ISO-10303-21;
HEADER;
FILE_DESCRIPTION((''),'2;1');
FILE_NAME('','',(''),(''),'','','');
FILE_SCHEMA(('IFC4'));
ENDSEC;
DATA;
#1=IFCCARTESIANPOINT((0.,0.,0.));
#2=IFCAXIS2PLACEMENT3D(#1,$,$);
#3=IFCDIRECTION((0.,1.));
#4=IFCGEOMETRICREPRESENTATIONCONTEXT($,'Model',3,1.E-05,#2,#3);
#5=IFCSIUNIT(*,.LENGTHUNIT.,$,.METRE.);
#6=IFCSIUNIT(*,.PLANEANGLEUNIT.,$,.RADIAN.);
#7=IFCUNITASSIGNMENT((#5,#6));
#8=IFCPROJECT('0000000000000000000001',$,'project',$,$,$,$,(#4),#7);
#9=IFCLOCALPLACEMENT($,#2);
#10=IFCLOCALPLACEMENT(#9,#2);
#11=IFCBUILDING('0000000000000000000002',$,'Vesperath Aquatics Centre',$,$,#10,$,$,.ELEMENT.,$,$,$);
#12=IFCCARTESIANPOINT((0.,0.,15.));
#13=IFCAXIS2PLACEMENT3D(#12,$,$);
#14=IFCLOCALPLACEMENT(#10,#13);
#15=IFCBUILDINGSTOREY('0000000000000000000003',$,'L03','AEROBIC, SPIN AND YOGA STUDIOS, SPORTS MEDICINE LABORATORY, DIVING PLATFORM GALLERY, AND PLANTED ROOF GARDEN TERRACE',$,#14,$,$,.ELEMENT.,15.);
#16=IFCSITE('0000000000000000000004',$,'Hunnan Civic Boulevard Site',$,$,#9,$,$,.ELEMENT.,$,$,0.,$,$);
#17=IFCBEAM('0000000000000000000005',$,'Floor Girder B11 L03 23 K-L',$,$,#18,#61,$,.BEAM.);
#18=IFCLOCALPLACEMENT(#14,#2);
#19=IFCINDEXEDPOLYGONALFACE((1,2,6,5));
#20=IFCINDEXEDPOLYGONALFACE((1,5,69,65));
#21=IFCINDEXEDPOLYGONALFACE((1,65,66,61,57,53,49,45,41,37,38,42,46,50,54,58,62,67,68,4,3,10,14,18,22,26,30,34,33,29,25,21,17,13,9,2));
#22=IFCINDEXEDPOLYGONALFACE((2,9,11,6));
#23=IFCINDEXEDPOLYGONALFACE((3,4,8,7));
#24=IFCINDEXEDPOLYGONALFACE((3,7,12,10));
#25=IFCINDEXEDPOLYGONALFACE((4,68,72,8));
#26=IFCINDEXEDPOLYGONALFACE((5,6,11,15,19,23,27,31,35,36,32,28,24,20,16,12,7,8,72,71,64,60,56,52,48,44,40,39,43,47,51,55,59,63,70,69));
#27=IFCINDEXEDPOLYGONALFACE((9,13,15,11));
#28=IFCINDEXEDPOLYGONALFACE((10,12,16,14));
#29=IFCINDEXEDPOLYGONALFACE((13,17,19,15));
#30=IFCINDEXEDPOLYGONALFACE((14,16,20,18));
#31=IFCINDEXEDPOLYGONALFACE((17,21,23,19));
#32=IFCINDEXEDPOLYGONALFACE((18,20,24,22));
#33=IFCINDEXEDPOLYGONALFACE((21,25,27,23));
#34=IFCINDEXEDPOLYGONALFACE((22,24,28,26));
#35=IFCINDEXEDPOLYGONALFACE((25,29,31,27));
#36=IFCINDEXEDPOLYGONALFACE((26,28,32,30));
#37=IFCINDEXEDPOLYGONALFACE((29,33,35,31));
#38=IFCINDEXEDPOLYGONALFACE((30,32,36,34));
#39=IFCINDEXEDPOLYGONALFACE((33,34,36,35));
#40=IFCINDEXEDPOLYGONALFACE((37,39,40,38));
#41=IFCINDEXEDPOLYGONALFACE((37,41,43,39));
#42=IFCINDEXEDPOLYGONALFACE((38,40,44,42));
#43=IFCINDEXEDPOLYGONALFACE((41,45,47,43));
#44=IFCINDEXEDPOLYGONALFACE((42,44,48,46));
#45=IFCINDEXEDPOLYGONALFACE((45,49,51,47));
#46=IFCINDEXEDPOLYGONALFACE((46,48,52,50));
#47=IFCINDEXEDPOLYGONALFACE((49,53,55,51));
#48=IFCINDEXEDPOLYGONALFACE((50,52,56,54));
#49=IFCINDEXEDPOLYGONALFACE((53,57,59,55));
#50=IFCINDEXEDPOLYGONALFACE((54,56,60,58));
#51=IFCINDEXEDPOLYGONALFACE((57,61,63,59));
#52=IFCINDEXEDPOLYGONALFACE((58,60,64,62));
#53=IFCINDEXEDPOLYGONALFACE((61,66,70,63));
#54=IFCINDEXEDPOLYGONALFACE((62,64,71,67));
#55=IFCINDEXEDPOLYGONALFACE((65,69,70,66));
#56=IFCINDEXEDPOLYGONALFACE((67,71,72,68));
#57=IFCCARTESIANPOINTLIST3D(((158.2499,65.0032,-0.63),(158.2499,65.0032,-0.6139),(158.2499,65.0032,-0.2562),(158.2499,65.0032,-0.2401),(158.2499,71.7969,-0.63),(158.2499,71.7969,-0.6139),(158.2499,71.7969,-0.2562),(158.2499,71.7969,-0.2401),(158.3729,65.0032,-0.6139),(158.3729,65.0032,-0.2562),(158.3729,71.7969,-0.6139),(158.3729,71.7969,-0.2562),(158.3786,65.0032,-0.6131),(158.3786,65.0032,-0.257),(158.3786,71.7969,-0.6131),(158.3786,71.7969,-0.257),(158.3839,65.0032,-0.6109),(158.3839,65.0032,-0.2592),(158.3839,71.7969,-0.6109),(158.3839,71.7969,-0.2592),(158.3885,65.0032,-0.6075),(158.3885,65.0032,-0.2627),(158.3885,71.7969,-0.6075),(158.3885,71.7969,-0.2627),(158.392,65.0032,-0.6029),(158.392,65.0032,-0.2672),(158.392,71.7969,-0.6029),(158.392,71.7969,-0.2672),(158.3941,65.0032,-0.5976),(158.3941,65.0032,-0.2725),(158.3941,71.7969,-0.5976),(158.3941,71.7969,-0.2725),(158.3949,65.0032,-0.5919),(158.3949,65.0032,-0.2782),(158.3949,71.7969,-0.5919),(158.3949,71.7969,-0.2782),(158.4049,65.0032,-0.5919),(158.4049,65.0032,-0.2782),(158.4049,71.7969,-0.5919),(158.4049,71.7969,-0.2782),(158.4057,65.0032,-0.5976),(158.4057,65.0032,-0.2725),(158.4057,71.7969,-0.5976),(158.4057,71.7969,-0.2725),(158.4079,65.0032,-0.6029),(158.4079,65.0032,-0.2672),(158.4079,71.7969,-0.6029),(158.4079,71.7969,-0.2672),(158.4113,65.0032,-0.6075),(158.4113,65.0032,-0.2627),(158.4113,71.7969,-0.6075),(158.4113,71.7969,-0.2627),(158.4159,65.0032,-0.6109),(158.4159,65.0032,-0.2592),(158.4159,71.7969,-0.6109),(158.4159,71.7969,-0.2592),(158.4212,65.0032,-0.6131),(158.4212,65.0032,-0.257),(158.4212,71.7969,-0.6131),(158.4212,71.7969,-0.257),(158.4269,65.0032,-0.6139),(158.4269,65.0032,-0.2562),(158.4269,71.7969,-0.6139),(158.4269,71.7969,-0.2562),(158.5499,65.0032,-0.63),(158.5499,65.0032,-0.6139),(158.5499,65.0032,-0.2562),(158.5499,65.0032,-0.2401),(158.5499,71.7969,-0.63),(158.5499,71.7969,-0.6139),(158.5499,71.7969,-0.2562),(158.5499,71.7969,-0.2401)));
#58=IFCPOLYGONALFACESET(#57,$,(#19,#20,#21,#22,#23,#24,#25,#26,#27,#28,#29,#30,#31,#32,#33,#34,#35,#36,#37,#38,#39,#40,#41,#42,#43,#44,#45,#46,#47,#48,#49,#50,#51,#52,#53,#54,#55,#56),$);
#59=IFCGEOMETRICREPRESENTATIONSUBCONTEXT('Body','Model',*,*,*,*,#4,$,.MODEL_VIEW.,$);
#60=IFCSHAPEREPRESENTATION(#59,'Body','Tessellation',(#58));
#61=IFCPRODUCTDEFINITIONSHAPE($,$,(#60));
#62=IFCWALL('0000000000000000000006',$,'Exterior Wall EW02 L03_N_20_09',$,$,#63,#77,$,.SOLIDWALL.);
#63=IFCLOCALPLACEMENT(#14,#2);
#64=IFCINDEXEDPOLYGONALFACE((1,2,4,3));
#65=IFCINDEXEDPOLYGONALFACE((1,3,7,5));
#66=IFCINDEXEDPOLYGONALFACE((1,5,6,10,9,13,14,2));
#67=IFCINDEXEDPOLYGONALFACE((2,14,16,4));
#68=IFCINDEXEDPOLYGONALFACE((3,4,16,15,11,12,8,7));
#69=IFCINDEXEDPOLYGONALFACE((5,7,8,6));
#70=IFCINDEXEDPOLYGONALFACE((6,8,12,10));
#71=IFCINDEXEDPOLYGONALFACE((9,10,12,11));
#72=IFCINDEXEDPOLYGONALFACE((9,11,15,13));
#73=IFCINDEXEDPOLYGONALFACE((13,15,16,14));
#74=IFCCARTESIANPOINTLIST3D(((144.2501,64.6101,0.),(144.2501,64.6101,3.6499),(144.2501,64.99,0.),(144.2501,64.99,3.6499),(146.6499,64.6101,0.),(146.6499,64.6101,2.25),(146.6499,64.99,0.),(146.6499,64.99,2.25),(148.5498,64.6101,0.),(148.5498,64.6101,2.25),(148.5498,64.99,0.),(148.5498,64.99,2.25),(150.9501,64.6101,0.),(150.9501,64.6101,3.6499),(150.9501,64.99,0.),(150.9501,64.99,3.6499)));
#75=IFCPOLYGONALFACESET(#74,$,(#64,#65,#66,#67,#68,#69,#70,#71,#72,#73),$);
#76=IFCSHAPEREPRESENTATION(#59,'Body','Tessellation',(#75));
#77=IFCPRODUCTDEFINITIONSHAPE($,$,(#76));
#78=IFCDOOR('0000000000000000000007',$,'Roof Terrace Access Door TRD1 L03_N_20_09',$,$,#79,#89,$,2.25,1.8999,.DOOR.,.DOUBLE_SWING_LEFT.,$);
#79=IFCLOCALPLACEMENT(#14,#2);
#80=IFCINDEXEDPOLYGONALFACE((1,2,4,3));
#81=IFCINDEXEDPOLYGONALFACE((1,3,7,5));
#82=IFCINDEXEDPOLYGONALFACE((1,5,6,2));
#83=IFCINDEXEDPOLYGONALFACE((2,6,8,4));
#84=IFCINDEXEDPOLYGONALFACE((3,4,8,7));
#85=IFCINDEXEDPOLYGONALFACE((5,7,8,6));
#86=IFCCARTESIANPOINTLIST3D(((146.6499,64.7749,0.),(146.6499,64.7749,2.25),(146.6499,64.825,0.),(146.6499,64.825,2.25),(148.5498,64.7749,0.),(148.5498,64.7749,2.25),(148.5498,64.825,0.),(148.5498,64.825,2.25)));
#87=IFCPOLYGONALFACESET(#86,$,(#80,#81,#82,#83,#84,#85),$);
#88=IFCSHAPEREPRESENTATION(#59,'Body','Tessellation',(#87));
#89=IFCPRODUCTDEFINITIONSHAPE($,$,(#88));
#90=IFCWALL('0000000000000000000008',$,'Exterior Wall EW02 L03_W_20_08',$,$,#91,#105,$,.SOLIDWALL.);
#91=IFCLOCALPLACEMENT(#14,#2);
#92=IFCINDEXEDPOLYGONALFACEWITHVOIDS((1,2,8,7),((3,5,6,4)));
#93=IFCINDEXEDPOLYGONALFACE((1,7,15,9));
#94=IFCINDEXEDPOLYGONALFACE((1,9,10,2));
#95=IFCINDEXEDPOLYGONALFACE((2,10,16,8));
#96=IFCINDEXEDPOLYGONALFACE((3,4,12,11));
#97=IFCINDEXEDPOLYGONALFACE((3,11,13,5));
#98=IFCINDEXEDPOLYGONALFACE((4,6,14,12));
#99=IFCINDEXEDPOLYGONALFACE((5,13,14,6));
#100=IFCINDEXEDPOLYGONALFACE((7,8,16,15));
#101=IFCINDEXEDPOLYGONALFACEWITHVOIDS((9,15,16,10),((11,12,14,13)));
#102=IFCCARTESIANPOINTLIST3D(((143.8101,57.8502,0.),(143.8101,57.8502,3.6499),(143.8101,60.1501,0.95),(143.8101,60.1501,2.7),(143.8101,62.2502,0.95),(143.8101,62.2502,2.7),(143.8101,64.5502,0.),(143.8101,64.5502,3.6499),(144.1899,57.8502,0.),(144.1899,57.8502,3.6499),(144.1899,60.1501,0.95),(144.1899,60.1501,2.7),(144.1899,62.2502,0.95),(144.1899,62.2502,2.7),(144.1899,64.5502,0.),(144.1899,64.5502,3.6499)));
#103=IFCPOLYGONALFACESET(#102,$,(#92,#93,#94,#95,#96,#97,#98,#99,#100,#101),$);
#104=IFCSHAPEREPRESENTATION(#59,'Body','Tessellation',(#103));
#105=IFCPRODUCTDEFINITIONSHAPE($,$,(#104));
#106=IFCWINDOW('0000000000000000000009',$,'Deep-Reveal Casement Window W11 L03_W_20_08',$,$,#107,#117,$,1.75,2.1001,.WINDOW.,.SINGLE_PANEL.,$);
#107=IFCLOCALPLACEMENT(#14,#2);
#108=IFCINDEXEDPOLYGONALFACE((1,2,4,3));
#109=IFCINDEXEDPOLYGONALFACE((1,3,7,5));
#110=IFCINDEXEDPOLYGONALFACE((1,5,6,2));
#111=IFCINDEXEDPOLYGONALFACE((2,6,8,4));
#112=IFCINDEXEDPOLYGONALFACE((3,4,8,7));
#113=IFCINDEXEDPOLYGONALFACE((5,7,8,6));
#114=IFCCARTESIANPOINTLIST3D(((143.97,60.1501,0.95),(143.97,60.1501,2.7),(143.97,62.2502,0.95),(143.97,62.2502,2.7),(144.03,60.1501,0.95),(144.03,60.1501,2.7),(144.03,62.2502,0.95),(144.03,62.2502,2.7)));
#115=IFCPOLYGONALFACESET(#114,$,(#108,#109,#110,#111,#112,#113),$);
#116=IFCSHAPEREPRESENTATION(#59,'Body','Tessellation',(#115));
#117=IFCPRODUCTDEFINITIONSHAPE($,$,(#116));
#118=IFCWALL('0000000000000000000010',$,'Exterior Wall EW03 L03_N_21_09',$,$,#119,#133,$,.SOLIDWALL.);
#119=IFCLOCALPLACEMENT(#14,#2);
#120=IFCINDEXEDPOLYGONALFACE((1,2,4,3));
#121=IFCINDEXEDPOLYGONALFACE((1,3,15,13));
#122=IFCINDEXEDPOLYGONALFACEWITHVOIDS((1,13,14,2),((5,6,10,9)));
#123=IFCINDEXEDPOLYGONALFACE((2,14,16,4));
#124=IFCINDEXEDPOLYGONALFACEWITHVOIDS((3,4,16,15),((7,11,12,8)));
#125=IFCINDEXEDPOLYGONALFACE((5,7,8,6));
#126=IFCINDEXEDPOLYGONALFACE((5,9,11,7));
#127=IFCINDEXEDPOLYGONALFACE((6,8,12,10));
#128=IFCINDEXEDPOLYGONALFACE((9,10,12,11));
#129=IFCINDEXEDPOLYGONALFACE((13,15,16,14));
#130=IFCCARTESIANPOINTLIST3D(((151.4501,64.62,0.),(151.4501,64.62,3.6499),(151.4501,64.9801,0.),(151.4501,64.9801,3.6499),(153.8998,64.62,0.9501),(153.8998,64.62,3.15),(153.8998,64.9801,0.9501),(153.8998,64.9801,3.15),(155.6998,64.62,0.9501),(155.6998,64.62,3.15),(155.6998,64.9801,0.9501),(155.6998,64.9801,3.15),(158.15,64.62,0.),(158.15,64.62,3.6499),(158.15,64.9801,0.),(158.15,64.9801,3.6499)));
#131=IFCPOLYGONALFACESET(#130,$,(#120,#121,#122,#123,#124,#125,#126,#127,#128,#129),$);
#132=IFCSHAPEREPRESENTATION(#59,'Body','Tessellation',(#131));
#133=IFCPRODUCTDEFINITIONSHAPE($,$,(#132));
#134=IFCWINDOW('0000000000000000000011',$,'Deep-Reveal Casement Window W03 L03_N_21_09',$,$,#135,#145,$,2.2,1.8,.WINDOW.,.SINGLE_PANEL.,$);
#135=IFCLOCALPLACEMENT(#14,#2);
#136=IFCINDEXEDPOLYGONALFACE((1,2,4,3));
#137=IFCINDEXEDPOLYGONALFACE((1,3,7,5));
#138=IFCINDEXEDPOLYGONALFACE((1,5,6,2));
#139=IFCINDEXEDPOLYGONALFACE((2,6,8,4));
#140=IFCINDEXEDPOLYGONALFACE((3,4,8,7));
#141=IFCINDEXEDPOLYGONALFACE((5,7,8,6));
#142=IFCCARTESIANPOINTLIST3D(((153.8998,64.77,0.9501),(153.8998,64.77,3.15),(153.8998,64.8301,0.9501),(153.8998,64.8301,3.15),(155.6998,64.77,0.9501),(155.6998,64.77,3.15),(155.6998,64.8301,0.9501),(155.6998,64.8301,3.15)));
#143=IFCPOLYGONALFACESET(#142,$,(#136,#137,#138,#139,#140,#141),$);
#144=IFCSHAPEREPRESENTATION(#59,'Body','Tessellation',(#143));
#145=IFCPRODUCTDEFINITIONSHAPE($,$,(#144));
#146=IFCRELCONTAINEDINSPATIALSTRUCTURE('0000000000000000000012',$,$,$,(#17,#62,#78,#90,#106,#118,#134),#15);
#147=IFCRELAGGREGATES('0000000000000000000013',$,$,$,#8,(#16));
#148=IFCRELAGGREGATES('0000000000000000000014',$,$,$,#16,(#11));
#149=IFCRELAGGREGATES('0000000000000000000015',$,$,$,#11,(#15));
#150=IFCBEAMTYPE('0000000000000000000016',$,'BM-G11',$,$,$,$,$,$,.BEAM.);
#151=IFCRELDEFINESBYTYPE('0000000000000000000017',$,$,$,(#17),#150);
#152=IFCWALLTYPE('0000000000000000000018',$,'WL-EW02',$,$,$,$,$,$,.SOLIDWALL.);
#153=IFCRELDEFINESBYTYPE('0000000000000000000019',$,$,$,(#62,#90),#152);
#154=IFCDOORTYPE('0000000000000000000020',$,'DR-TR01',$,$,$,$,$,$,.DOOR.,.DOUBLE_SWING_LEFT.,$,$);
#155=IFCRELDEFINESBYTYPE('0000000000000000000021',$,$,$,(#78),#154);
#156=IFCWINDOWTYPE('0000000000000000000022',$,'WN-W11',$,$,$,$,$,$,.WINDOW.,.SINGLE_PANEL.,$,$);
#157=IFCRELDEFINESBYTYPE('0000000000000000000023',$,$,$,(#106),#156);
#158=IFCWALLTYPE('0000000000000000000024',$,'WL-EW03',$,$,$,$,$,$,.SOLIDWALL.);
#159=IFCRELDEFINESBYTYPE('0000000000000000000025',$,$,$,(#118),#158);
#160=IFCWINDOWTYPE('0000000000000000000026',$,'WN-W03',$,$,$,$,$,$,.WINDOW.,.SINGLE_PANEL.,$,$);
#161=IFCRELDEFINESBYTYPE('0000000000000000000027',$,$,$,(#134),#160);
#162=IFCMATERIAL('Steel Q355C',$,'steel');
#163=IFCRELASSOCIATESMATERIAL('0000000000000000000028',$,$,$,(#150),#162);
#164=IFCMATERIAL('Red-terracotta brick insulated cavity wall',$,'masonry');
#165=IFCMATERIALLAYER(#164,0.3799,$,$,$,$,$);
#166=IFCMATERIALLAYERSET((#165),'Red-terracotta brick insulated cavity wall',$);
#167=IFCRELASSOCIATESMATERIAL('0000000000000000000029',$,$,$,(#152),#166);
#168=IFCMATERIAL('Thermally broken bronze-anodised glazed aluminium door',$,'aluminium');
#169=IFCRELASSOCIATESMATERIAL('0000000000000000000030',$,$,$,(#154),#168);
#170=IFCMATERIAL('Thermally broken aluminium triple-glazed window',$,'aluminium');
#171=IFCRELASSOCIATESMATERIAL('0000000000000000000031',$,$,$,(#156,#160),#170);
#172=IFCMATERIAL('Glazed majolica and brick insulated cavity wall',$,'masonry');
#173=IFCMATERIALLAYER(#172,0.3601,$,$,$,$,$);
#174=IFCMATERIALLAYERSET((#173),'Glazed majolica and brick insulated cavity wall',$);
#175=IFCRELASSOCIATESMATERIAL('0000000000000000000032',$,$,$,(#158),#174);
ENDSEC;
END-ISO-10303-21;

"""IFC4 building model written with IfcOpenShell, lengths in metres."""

from ifc_helpers import new_model, si_unit, direction, frame, frame_2d, origin, origin_2d, place, context, subcontext, project, spatial, rectangle, i_section, extrude, material, layer, layer_set, material_profile, profile_set, type_object, element, fill, save


model = new_model("IFC4")

# Units and contexts
model_context = context("Model", 3, precision=1e-05, world=origin(), true_north=direction((0.0, 1.0)))
body_context = subcontext(model_context, "Body", "Model", "MODEL_VIEW")
ifc_project = project(units=[si_unit("LENGTHUNIT", "METRE"), si_unit("PLANEANGLEUNIT", "RADIAN")], contexts=[model_context])

# Site, building, storey
site_placement = place(None, origin())
site = spatial("IfcSite", under=ifc_project, at=site_placement, Name="Hunnan Civic Boulevard Site", CompositionType="ELEMENT", RefElevation=0.0)
building_placement = place(site_placement, origin())
building = spatial("IfcBuilding", under=site, at=building_placement, Name="Vesperath Aquatics Centre", CompositionType="ELEMENT")
storey_placement = place(building_placement, frame((0.0, 0.0, 15.0)))
storey = spatial("IfcBuildingStorey", under=building, at=storey_placement, Name="L03", Description="AEROBIC, SPIN AND YOGA STUDIOS, SPORTS MEDICINE LABORATORY, DIVING PLATFORM GALLERY, AND PLANTED ROOF GARDEN TERRACE", CompositionType="ELEMENT", Elevation=15.0)

# Beam
ifc_material_1 = material(Name="Steel Q355C", Category="steel")
ifc_material_profile_1 = material_profile(ifc_material_1, i_section(OverallWidth=0.3, OverallDepth=0.3899, WebThickness=0.01, FlangeThickness=0.0161, FilletRadius=0.022, at=origin_2d()), Name="HM 390x300x10x16")
ifc_profile_set_1 = profile_set([ifc_material_profile_1], Name="Steel Q355C")
beam_type_1 = type_object("IfcBeamType", Name="BM-G11", PredefinedType="BEAM", material=ifc_profile_set_1)
beam_1_placement = place(storey_placement, frame((158.3999, 65.0032, -0.4351), z_axis=(0.0, 1.0, 0.0), x_axis=(-1.0, 0.0, 0.0)))
element("IfcBeam", 1, at=beam_1_placement, inside=storey, type_object=beam_type_1, Name="Floor Girder B11 L03 23 K-L", PredefinedType="BEAM", context=body_context, shape_type="SweptSolid", body=[
    extrude(i_section(OverallWidth=0.3, OverallDepth=0.3899, WebThickness=0.01, FlangeThickness=0.0161, FilletRadius=0.022, at=origin_2d()), origin(), (0.0, 0.0, 1.0), 6.7937),
])

# Wall, opening, door
ifc_material_2 = material(Name="Red-terracotta brick insulated cavity wall", Category="masonry")
ifc_layer_1 = layer(ifc_material_2, 0.3799)
ifc_layer_set_1 = layer_set([ifc_layer_1], Name="Red-terracotta brick insulated cavity wall")
wall_type_1 = type_object("IfcWallType", Name="WL-EW02", PredefinedType="SOLIDWALL", material=ifc_layer_set_1)
wall_1_placement = place(storey_placement, frame((144.25, 64.8, 0.0), z_axis=(0.0, 0.0, 1.0), x_axis=(1.0, 0.0, 0.0)))
wall_1 = element("IfcWall", 2, at=wall_1_placement, inside=storey, type_object=wall_type_1, Name="Exterior Wall EW02 L03_N_20_09", PredefinedType="SOLIDWALL", context=body_context, shape_type="SweptSolid", body=[
    extrude(rectangle(XDim=6.7, YDim=0.3799, at=frame_2d((3.3501, 0.0))), origin(), (0.0, 0.0, 1.0), 3.6499),
])
opening_1_placement = place(wall_1_placement, frame((2.3999, 0.0, 0.0)))
opening_1 = element("IfcOpeningElement", 3, at=opening_1_placement, cuts=wall_1, PredefinedType="OPENING", context=body_context, shape_type="SweptSolid", body=[
    extrude(rectangle(XDim=1.8999, YDim=2.25, at=frame_2d((0.95, 1.125))), frame((0.0, 0.2048, 0.0), z_axis=(0.0, -1.0, 0.0), x_axis=(1.0, 0.0, 0.0)), (0.0, 0.0, 1.0), 0.4097),
])
ifc_material_3 = material(Name="Thermally broken bronze-anodised glazed aluminium door", Category="aluminium")
door_type_1 = type_object("IfcDoorType", Name="DR-TR01", OperationType="DOUBLE_SWING_LEFT", PredefinedType="DOOR", material=ifc_material_3)
door_1_placement = place(opening_1_placement, origin())
door_1 = element("IfcDoor", 4, at=door_1_placement, inside=storey, type_object=door_type_1, Name="Roof Terrace Access Door TRD1 L03_N_20_09", OperationType="DOUBLE_SWING_LEFT", OverallHeight=2.25, OverallWidth=1.8999, PredefinedType="DOOR", context=body_context, shape_type="SweptSolid", body=[
    extrude(rectangle(XDim=1.8999, YDim=2.25, at=frame_2d((0.95, 1.125))), frame((0.0, 0.0249, 0.0), z_axis=(0.0, -1.0, 0.0), x_axis=(1.0, 0.0, 0.0)), (0.0, 0.0, 1.0), 0.05),
])
fill(opening_1, door_1)

# Walls, openings, windows
wall_2_placement = place(storey_placement, frame((144.0, 57.8501, 0.0), z_axis=(0.0, 0.0, 1.0), x_axis=(0.0, 1.0, 0.0)))
wall_2 = element("IfcWall", 5, at=wall_2_placement, inside=storey, type_object=wall_type_1, Name="Exterior Wall EW02 L03_W_20_08", PredefinedType="SOLIDWALL", context=body_context, shape_type="SweptSolid", body=[
    extrude(rectangle(XDim=6.7, YDim=0.3799, at=frame_2d((3.3501, 0.0))), origin(), (0.0, 0.0, 1.0), 3.6499),
])
opening_2_placement = place(wall_2_placement, frame((2.3, 0.0, 0.95)))
opening_2 = element("IfcOpeningElement", 6, at=opening_2_placement, cuts=wall_2, PredefinedType="OPENING", context=body_context, shape_type="SweptSolid", body=[
    extrude(rectangle(XDim=2.1001, YDim=1.75, at=frame_2d((1.05, 0.875))), frame((0.0, 0.2048, 0.0), z_axis=(0.0, -1.0, 0.0), x_axis=(1.0, 0.0, 0.0)), (0.0, 0.0, 1.0), 0.4097),
])
ifc_material_4 = material(Name="Thermally broken aluminium triple-glazed window", Category="aluminium")
window_type_1 = type_object("IfcWindowType", Name="WN-W11", PartitioningType="SINGLE_PANEL", PredefinedType="WINDOW", material=ifc_material_4)
window_1_placement = place(opening_2_placement, origin())
window_1 = element("IfcWindow", 7, at=window_1_placement, inside=storey, type_object=window_type_1, Name="Deep-Reveal Casement Window W11 L03_W_20_08", OverallHeight=1.75, OverallWidth=2.1001, PartitioningType="SINGLE_PANEL", PredefinedType="WINDOW", context=body_context, shape_type="SweptSolid", body=[
    extrude(rectangle(XDim=2.1001, YDim=1.75, at=frame_2d((1.05, 0.875))), frame((0.0, 0.03, 0.0), z_axis=(0.0, -1.0, 0.0), x_axis=(1.0, 0.0, 0.0)), (0.0, 0.0, 1.0), 0.0601),
])
fill(opening_2, window_1)
ifc_material_5 = material(Name="Glazed majolica and brick insulated cavity wall", Category="masonry")
ifc_layer_2 = layer(ifc_material_5, 0.3601)
ifc_layer_set_2 = layer_set([ifc_layer_2], Name="Glazed majolica and brick insulated cavity wall")
wall_type_2 = type_object("IfcWallType", Name="WL-EW03", PredefinedType="SOLIDWALL", material=ifc_layer_set_2)
wall_3_placement = place(storey_placement, frame((151.45, 64.8, 0.0), z_axis=(0.0, 0.0, 1.0), x_axis=(1.0, 0.0, 0.0)))
wall_3 = element("IfcWall", 8, at=wall_3_placement, inside=storey, type_object=wall_type_2, Name="Exterior Wall EW03 L03_N_21_09", PredefinedType="SOLIDWALL", context=body_context, shape_type="SweptSolid", body=[
    extrude(rectangle(XDim=6.7, YDim=0.3601, at=frame_2d((3.3501, 0.0))), origin(), (0.0, 0.0, 1.0), 3.6499),
])
opening_3_placement = place(wall_3_placement, frame((2.45, 0.0, 0.95)))
opening_3 = element("IfcOpeningElement", 9, at=opening_3_placement, cuts=wall_3, PredefinedType="OPENING", context=body_context, shape_type="SweptSolid", body=[
    extrude(rectangle(XDim=1.8, YDim=2.2, at=frame_2d((0.8999, 1.1001))), frame((0.0, 0.1948, 0.0), z_axis=(0.0, -1.0, 0.0), x_axis=(1.0, 0.0, 0.0)), (0.0, 0.0, 1.0), 0.3899),
])
window_type_2 = type_object("IfcWindowType", Name="WN-W03", PartitioningType="SINGLE_PANEL", PredefinedType="WINDOW", material=ifc_material_4)
window_2_placement = place(opening_3_placement, origin())
window_2 = element("IfcWindow", 10, at=window_2_placement, inside=storey, type_object=window_type_2, Name="Deep-Reveal Casement Window W03 L03_N_21_09", OverallHeight=2.2, OverallWidth=1.8, PartitioningType="SINGLE_PANEL", PredefinedType="WINDOW", context=body_context, shape_type="SweptSolid", body=[
    extrude(rectangle(XDim=1.8, YDim=2.2, at=frame_2d((0.8999, 1.1001))), frame((0.0, 0.03, 0.0), z_axis=(0.0, -1.0, 0.0), x_axis=(1.0, 0.0, 0.0)), (0.0, 0.0, 1.0), 0.0601),
])
fill(opening_3, window_2)

save(model, "model.ifc")
